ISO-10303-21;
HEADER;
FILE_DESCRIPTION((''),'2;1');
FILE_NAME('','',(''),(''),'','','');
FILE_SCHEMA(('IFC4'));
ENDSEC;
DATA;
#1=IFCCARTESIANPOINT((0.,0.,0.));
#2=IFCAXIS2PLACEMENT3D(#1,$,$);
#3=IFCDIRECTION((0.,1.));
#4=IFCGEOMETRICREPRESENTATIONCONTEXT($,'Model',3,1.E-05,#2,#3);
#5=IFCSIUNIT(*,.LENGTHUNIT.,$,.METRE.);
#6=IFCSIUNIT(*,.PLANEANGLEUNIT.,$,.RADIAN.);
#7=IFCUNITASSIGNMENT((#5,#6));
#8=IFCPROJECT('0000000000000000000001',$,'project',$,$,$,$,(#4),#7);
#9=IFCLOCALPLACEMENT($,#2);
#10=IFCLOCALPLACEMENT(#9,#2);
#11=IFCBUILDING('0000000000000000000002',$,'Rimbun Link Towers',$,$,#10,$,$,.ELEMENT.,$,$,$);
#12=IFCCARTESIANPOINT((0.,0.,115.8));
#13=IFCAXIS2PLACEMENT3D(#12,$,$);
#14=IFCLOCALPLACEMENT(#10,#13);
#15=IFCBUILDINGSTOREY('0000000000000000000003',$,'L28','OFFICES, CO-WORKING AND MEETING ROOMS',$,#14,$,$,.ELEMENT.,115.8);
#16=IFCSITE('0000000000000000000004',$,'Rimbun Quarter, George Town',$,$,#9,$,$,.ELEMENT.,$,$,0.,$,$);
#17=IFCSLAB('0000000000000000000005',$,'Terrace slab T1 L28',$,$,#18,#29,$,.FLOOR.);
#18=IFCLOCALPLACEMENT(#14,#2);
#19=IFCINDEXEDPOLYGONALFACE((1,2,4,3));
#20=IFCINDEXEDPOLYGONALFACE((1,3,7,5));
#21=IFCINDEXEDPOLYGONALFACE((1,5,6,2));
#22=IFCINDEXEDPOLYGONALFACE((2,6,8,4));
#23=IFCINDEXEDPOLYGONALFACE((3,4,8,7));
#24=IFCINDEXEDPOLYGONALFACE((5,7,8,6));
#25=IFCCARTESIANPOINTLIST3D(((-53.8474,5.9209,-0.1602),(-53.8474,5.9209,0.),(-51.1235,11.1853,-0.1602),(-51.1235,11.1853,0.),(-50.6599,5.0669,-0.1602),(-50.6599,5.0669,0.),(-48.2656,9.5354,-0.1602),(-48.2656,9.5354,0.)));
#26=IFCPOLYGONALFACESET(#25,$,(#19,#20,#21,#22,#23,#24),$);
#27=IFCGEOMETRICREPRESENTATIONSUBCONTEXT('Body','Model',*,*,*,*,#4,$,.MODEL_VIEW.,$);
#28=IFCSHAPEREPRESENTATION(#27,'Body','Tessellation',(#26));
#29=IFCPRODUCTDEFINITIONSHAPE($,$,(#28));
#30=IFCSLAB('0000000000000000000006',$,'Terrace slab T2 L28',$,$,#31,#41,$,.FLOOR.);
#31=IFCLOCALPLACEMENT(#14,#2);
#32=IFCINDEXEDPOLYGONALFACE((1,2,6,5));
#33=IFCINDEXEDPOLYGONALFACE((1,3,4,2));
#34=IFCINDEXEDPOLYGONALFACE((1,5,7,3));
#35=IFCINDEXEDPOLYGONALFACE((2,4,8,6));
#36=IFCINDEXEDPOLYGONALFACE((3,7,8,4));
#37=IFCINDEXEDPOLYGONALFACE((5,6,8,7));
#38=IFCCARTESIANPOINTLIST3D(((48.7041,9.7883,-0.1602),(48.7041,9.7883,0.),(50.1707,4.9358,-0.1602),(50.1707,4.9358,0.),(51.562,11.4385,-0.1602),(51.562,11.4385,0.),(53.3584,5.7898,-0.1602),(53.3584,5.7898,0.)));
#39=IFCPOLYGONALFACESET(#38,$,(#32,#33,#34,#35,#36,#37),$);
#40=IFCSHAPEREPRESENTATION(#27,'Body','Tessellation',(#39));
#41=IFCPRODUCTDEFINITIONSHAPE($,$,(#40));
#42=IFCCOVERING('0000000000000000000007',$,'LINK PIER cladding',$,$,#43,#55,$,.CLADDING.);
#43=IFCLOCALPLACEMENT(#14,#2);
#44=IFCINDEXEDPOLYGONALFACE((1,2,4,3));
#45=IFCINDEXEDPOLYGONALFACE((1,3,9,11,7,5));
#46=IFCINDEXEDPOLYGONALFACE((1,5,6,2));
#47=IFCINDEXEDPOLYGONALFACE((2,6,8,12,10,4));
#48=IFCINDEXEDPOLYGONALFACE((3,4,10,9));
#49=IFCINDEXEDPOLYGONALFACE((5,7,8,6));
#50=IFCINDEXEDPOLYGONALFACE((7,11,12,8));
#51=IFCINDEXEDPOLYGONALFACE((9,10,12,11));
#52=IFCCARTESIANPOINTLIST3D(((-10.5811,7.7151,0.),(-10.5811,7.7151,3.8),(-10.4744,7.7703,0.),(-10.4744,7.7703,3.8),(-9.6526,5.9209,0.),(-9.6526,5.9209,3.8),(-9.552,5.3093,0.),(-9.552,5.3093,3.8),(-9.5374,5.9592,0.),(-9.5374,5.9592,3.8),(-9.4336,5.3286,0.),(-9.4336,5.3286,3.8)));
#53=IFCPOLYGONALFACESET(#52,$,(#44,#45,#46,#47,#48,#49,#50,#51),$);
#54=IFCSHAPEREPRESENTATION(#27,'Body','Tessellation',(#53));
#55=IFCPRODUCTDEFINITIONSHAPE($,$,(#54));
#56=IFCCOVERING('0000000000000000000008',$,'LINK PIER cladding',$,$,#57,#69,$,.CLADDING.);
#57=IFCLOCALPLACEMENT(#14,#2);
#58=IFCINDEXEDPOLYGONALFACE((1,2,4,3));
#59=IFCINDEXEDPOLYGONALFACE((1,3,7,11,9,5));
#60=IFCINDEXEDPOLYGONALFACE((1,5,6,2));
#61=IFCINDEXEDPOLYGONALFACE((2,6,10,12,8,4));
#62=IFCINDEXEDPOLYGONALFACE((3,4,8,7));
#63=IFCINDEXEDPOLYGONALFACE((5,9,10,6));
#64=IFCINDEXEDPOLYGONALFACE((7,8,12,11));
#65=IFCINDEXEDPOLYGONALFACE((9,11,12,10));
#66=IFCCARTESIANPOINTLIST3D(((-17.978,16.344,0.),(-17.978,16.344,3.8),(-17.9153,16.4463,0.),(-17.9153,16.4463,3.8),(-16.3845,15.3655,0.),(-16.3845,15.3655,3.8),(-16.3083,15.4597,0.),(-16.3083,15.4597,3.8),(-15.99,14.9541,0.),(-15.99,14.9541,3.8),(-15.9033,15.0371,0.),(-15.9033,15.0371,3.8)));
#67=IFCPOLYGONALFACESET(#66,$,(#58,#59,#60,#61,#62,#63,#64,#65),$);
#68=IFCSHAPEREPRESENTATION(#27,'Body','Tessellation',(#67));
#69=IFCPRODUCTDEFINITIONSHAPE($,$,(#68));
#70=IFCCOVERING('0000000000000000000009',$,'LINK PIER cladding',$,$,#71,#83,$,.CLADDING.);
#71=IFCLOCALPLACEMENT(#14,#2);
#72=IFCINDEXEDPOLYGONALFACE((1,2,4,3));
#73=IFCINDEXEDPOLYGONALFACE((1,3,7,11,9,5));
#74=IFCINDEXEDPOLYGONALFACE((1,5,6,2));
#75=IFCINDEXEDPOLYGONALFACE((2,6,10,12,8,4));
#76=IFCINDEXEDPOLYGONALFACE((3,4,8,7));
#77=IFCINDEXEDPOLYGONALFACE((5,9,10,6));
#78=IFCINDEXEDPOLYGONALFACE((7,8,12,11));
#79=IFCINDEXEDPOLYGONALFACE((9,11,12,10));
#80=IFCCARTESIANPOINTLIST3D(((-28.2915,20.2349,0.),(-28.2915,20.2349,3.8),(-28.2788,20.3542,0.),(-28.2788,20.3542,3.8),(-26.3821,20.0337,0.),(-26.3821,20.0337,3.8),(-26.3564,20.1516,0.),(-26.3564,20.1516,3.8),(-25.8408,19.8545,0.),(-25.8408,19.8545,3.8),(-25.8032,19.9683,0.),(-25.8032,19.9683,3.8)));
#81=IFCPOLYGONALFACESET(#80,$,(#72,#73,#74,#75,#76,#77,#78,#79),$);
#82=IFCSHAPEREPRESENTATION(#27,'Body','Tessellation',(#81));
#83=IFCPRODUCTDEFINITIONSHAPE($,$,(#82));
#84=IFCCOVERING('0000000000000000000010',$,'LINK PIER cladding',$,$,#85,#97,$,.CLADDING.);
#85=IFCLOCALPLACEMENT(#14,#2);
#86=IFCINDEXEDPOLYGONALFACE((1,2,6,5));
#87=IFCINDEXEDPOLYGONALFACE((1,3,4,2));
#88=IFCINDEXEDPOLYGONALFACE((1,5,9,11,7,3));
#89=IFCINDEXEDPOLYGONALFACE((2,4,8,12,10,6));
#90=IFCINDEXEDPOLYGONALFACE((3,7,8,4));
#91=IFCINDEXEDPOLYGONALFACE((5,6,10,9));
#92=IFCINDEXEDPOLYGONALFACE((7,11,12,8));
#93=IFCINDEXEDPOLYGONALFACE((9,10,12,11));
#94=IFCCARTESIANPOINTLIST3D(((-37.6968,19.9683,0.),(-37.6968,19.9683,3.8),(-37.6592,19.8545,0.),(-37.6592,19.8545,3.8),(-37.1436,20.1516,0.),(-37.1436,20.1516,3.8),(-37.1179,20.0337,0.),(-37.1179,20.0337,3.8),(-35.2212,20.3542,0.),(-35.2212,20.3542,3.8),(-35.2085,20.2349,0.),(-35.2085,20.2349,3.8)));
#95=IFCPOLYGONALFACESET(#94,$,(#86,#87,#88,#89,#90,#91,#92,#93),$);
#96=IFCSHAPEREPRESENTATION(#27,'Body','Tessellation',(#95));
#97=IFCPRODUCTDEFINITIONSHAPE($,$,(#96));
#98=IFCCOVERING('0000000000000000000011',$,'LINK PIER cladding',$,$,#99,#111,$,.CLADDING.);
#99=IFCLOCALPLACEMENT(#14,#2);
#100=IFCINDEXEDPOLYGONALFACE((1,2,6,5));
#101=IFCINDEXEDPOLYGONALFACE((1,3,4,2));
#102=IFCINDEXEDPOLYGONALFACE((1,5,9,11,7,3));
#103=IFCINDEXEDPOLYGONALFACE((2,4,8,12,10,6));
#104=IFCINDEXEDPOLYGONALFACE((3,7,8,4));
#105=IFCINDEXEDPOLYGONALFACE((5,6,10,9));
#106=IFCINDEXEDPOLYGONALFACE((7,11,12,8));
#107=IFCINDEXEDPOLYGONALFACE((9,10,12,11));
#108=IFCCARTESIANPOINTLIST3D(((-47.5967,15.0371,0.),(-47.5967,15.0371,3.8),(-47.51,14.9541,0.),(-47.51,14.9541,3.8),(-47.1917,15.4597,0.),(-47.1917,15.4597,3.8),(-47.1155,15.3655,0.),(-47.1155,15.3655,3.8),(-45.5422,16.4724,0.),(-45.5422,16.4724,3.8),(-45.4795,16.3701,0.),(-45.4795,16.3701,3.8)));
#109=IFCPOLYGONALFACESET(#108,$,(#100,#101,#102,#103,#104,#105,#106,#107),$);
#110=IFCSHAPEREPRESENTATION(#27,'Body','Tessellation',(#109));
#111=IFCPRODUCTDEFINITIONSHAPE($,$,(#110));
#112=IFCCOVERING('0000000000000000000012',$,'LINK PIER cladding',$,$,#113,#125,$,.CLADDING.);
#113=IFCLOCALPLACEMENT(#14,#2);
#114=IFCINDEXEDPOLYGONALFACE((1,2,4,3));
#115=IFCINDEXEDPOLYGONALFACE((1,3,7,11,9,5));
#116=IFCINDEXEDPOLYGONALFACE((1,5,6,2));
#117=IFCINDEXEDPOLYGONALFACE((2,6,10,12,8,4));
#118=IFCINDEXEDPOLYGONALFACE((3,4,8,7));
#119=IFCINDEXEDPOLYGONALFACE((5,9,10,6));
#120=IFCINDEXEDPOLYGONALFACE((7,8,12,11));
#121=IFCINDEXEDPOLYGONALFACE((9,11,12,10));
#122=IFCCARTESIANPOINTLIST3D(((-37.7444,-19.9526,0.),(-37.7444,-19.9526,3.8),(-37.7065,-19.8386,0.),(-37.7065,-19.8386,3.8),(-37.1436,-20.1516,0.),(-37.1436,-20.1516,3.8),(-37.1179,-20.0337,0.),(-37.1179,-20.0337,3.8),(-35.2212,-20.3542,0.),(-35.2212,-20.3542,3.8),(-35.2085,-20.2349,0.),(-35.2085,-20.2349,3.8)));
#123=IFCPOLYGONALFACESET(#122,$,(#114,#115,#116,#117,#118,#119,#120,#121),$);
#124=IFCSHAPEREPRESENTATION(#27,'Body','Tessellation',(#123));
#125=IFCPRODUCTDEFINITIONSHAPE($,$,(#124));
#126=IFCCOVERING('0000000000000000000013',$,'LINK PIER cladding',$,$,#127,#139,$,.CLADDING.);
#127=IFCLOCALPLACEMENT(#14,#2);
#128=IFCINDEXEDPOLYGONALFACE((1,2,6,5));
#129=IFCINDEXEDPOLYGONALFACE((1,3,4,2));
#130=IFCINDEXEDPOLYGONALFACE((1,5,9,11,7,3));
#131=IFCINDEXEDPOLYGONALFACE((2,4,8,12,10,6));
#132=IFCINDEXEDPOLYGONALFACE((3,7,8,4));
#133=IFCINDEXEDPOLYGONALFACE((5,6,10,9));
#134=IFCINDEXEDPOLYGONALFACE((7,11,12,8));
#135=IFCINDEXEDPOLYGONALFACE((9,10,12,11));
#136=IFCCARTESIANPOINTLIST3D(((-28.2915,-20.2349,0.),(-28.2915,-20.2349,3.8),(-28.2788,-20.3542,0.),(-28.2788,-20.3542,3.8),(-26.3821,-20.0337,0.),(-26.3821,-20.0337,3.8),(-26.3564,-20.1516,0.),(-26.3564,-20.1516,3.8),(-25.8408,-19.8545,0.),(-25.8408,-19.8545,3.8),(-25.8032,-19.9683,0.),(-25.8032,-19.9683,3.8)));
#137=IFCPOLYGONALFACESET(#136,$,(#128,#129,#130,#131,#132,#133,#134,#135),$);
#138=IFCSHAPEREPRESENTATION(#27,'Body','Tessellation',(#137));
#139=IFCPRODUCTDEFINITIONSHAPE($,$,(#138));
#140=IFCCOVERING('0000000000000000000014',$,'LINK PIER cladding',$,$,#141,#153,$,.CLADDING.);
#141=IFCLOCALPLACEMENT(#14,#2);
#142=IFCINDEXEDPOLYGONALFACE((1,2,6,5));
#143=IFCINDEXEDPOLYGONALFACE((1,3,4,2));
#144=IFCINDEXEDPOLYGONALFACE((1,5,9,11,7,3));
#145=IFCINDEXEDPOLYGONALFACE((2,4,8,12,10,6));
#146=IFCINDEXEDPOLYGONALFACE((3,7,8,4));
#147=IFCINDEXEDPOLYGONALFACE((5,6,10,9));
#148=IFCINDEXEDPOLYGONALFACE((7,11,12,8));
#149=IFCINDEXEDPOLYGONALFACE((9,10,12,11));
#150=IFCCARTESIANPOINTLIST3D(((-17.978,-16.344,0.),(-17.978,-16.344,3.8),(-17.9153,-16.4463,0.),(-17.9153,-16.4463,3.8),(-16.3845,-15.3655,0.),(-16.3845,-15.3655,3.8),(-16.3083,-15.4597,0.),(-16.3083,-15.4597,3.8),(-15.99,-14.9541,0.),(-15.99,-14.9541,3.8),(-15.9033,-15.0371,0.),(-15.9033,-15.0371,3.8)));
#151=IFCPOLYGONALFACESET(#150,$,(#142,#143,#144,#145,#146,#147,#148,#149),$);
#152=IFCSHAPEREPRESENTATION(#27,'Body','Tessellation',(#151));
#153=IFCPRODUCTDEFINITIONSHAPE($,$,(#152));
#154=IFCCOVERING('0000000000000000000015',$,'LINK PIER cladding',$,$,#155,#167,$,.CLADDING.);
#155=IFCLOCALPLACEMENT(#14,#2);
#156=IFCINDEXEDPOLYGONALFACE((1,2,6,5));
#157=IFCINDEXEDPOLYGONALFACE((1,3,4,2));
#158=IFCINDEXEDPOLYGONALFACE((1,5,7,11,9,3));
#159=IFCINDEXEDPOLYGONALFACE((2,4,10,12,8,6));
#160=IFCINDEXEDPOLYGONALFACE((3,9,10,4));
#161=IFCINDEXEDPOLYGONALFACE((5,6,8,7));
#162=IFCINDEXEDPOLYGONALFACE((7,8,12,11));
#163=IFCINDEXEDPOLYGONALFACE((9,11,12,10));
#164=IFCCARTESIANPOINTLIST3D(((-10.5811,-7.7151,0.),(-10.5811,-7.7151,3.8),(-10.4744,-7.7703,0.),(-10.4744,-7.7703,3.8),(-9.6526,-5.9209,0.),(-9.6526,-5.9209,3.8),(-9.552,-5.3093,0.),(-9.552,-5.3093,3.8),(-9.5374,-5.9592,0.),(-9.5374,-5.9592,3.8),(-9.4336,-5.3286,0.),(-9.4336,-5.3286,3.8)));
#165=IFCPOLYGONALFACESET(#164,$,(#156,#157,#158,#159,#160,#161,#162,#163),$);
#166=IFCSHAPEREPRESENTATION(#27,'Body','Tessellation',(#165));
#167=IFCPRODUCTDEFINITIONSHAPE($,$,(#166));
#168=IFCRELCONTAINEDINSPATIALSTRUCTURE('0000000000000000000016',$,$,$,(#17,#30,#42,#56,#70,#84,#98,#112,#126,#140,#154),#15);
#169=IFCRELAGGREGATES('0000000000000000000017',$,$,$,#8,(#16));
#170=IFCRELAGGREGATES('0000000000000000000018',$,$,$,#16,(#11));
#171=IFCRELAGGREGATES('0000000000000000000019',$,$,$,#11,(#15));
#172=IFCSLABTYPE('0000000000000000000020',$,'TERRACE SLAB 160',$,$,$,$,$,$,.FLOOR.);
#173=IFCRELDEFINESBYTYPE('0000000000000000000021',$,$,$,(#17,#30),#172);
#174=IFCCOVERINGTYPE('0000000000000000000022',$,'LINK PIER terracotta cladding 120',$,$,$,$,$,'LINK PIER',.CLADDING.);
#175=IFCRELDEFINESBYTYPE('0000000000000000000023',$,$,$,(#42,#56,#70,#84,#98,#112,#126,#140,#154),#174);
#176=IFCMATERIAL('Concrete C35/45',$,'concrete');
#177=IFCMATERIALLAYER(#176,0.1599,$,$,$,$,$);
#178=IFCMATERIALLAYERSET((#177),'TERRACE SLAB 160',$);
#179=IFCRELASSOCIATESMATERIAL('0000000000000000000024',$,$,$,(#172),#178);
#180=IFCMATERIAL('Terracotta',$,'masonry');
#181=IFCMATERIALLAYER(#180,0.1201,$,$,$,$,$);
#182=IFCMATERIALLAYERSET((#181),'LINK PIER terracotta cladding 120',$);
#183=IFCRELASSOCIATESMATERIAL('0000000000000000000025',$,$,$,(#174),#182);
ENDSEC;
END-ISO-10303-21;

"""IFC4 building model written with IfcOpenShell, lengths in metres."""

from ifc_helpers import new_model, si_unit, direction, frame, origin, place, context, subcontext, project, spatial, polyline, outline, extrude, material, layer, layer_set, type_object, element, save


model = new_model("IFC4")

# Units and contexts
model_context = context("Model", 3, precision=1e-05, world=origin(), true_north=direction((0.0, 1.0)))
body_context = subcontext(model_context, "Body", "Model", "MODEL_VIEW")
ifc_project = project(units=[si_unit("LENGTHUNIT", "METRE"), si_unit("PLANEANGLEUNIT", "RADIAN")], contexts=[model_context])

# Site, building, storey
site_placement = place(None, origin())
site = spatial("IfcSite", under=ifc_project, at=site_placement, Name="Rimbun Quarter, George Town", CompositionType="ELEMENT", RefElevation=0.0)
building_placement = place(site_placement, origin())
building = spatial("IfcBuilding", under=site, at=building_placement, Name="Rimbun Link Towers", CompositionType="ELEMENT")
storey_placement = place(building_placement, frame((0.0, 0.0, 115.8)))
storey = spatial("IfcBuildingStorey", under=building, at=storey_placement, Name="L28", Description="OFFICES, CO-WORKING AND MEETING ROOMS", CompositionType="ELEMENT", Elevation=115.8)

# Slabs
ifc_material_1 = material(Name="Concrete C35/45", Category="concrete")
ifc_layer_1 = layer(ifc_material_1, 0.1599)
ifc_layer_set_1 = layer_set([ifc_layer_1], Name="TERRACE SLAB 160")
slab_type_1 = type_object("IfcSlabType", Name="TERRACE SLAB 160", PredefinedType="FLOOR", material=ifc_layer_set_1)
slab_1_placement = place(storey_placement, frame((0.0, 0.0, -0.1602)))
element("IfcSlab", 1, at=slab_1_placement, inside=storey, type_object=slab_type_1, Name="Terrace slab T1 L28", PredefinedType="FLOOR", context=body_context, shape_type="SweptSolid", body=[
    extrude(outline(polyline([(-48.2656, 9.5354), (-50.6599, 5.0669), (-53.8474, 5.9209), (-51.1235, 11.1853), (-48.2656, 9.5354)])), origin(), (0.0, 0.0, 1.0), 0.1602),
])
slab_2_placement = place(storey_placement, frame((0.0, 0.0, -0.1602)))
element("IfcSlab", 2, at=slab_2_placement, inside=storey, type_object=slab_type_1, Name="Terrace slab T2 L28", PredefinedType="FLOOR", context=body_context, shape_type="SweptSolid", body=[
    extrude(outline(polyline([(50.1707, 4.9358), (48.7041, 9.7883), (51.562, 11.4385), (53.3584, 5.7898), (50.1707, 4.9358)])), origin(), (0.0, 0.0, 1.0), 0.1602),
])

# Coverings
ifc_material_2 = material(Name="Terracotta", Category="masonry")
ifc_layer_2 = layer(ifc_material_2, 0.1201)
ifc_layer_set_2 = layer_set([ifc_layer_2], Name="LINK PIER terracotta cladding 120")
covering_type_1 = type_object("IfcCoveringType", Name="LINK PIER terracotta cladding 120", ElementType="LINK PIER", PredefinedType="CLADDING", material=ifc_layer_set_2)
covering_1_placement = place(storey_placement, origin())
element("IfcCovering", 3, at=covering_1_placement, inside=storey, type_object=covering_type_1, Name="LINK PIER cladding", PredefinedType="CLADDING", context=body_context, shape_type="SweptSolid", body=[
    extrude(outline(polyline([(-10.5811, 7.7151), (-9.6526, 5.9209), (-9.552, 5.3093), (-9.4336, 5.3286), (-9.5374, 5.9592), (-10.4744, 7.7703), (-10.5811, 7.7151)])), origin(), (0.0, 0.0, 1.0), 3.8),
])
covering_2_placement = place(storey_placement, origin())
element("IfcCovering", 4, at=covering_2_placement, inside=storey, type_object=covering_type_1, Name="LINK PIER cladding", PredefinedType="CLADDING", context=body_context, shape_type="SweptSolid", body=[
    extrude(outline(polyline([(-17.978, 16.344), (-16.3845, 15.3655), (-15.99, 14.9541), (-15.9033, 15.0371), (-16.3083, 15.4597), (-17.9153, 16.4463), (-17.978, 16.344)])), origin(), (0.0, 0.0, 1.0), 3.8),
])
covering_3_placement = place(storey_placement, origin())
element("IfcCovering", 5, at=covering_3_placement, inside=storey, type_object=covering_type_1, Name="LINK PIER cladding", PredefinedType="CLADDING", context=body_context, shape_type="SweptSolid", body=[
    extrude(outline(polyline([(-28.2915, 20.2349), (-26.3821, 20.0337), (-25.8408, 19.8545), (-25.8032, 19.9683), (-26.3564, 20.1516), (-28.2788, 20.3542), (-28.2915, 20.2349)])), origin(), (0.0, 0.0, 1.0), 3.8),
])
covering_4_placement = place(storey_placement, origin())
element("IfcCovering", 6, at=covering_4_placement, inside=storey, type_object=covering_type_1, Name="LINK PIER cladding", PredefinedType="CLADDING", context=body_context, shape_type="SweptSolid", body=[
    extrude(outline(polyline([(-37.6592, 19.8545), (-37.1179, 20.0337), (-35.2085, 20.2349), (-35.2212, 20.3542), (-37.1436, 20.1516), (-37.6968, 19.9683), (-37.6592, 19.8545)])), origin(), (0.0, 0.0, 1.0), 3.8),
])
covering_5_placement = place(storey_placement, origin())
element("IfcCovering", 7, at=covering_5_placement, inside=storey, type_object=covering_type_1, Name="LINK PIER cladding", PredefinedType="CLADDING", context=body_context, shape_type="SweptSolid", body=[
    extrude(outline(polyline([(-47.51, 14.9541), (-47.1155, 15.3655), (-45.4795, 16.3701), (-45.5422, 16.4724), (-47.1917, 15.4597), (-47.5967, 15.0371), (-47.51, 14.9541)])), origin(), (0.0, 0.0, 1.0), 3.8),
])
covering_6_placement = place(storey_placement, origin())
element("IfcCovering", 8, at=covering_6_placement, inside=storey, type_object=covering_type_1, Name="LINK PIER cladding", PredefinedType="CLADDING", context=body_context, shape_type="SweptSolid", body=[
    extrude(outline(polyline([(-35.2085, -20.2349), (-37.1179, -20.0337), (-37.7065, -19.8386), (-37.7444, -19.9526), (-37.1436, -20.1516), (-35.2212, -20.3542), (-35.2085, -20.2349)])), origin(), (0.0, 0.0, 1.0), 3.8),
])
covering_7_placement = place(storey_placement, origin())
element("IfcCovering", 9, at=covering_7_placement, inside=storey, type_object=covering_type_1, Name="LINK PIER cladding", PredefinedType="CLADDING", context=body_context, shape_type="SweptSolid", body=[
    extrude(outline(polyline([(-25.8408, -19.8545), (-26.3821, -20.0337), (-28.2915, -20.2349), (-28.2788, -20.3542), (-26.3564, -20.1516), (-25.8032, -19.9683), (-25.8408, -19.8545)])), origin(), (0.0, 0.0, 1.0), 3.8),
])
covering_8_placement = place(storey_placement, origin())
element("IfcCovering", 10, at=covering_8_placement, inside=storey, type_object=covering_type_1, Name="LINK PIER cladding", PredefinedType="CLADDING", context=body_context, shape_type="SweptSolid", body=[
    extrude(outline(polyline([(-15.99, -14.9541), (-16.3845, -15.3655), (-17.978, -16.344), (-17.9153, -16.4463), (-16.3083, -15.4597), (-15.9033, -15.0371), (-15.99, -14.9541)])), origin(), (0.0, 0.0, 1.0), 3.8),
])
covering_9_placement = place(storey_placement, origin())
element("IfcCovering", 11, at=covering_9_placement, inside=storey, type_object=covering_type_1, Name="LINK PIER cladding", PredefinedType="CLADDING", context=body_context, shape_type="SweptSolid", body=[
    extrude(outline(polyline([(-9.552, -5.3093), (-9.6526, -5.9209), (-10.5811, -7.7151), (-10.4744, -7.7703), (-9.5374, -5.9592), (-9.4336, -5.3286), (-9.552, -5.3093)])), origin(), (0.0, 0.0, 1.0), 3.8),
])

save(model, "model.ifc")
